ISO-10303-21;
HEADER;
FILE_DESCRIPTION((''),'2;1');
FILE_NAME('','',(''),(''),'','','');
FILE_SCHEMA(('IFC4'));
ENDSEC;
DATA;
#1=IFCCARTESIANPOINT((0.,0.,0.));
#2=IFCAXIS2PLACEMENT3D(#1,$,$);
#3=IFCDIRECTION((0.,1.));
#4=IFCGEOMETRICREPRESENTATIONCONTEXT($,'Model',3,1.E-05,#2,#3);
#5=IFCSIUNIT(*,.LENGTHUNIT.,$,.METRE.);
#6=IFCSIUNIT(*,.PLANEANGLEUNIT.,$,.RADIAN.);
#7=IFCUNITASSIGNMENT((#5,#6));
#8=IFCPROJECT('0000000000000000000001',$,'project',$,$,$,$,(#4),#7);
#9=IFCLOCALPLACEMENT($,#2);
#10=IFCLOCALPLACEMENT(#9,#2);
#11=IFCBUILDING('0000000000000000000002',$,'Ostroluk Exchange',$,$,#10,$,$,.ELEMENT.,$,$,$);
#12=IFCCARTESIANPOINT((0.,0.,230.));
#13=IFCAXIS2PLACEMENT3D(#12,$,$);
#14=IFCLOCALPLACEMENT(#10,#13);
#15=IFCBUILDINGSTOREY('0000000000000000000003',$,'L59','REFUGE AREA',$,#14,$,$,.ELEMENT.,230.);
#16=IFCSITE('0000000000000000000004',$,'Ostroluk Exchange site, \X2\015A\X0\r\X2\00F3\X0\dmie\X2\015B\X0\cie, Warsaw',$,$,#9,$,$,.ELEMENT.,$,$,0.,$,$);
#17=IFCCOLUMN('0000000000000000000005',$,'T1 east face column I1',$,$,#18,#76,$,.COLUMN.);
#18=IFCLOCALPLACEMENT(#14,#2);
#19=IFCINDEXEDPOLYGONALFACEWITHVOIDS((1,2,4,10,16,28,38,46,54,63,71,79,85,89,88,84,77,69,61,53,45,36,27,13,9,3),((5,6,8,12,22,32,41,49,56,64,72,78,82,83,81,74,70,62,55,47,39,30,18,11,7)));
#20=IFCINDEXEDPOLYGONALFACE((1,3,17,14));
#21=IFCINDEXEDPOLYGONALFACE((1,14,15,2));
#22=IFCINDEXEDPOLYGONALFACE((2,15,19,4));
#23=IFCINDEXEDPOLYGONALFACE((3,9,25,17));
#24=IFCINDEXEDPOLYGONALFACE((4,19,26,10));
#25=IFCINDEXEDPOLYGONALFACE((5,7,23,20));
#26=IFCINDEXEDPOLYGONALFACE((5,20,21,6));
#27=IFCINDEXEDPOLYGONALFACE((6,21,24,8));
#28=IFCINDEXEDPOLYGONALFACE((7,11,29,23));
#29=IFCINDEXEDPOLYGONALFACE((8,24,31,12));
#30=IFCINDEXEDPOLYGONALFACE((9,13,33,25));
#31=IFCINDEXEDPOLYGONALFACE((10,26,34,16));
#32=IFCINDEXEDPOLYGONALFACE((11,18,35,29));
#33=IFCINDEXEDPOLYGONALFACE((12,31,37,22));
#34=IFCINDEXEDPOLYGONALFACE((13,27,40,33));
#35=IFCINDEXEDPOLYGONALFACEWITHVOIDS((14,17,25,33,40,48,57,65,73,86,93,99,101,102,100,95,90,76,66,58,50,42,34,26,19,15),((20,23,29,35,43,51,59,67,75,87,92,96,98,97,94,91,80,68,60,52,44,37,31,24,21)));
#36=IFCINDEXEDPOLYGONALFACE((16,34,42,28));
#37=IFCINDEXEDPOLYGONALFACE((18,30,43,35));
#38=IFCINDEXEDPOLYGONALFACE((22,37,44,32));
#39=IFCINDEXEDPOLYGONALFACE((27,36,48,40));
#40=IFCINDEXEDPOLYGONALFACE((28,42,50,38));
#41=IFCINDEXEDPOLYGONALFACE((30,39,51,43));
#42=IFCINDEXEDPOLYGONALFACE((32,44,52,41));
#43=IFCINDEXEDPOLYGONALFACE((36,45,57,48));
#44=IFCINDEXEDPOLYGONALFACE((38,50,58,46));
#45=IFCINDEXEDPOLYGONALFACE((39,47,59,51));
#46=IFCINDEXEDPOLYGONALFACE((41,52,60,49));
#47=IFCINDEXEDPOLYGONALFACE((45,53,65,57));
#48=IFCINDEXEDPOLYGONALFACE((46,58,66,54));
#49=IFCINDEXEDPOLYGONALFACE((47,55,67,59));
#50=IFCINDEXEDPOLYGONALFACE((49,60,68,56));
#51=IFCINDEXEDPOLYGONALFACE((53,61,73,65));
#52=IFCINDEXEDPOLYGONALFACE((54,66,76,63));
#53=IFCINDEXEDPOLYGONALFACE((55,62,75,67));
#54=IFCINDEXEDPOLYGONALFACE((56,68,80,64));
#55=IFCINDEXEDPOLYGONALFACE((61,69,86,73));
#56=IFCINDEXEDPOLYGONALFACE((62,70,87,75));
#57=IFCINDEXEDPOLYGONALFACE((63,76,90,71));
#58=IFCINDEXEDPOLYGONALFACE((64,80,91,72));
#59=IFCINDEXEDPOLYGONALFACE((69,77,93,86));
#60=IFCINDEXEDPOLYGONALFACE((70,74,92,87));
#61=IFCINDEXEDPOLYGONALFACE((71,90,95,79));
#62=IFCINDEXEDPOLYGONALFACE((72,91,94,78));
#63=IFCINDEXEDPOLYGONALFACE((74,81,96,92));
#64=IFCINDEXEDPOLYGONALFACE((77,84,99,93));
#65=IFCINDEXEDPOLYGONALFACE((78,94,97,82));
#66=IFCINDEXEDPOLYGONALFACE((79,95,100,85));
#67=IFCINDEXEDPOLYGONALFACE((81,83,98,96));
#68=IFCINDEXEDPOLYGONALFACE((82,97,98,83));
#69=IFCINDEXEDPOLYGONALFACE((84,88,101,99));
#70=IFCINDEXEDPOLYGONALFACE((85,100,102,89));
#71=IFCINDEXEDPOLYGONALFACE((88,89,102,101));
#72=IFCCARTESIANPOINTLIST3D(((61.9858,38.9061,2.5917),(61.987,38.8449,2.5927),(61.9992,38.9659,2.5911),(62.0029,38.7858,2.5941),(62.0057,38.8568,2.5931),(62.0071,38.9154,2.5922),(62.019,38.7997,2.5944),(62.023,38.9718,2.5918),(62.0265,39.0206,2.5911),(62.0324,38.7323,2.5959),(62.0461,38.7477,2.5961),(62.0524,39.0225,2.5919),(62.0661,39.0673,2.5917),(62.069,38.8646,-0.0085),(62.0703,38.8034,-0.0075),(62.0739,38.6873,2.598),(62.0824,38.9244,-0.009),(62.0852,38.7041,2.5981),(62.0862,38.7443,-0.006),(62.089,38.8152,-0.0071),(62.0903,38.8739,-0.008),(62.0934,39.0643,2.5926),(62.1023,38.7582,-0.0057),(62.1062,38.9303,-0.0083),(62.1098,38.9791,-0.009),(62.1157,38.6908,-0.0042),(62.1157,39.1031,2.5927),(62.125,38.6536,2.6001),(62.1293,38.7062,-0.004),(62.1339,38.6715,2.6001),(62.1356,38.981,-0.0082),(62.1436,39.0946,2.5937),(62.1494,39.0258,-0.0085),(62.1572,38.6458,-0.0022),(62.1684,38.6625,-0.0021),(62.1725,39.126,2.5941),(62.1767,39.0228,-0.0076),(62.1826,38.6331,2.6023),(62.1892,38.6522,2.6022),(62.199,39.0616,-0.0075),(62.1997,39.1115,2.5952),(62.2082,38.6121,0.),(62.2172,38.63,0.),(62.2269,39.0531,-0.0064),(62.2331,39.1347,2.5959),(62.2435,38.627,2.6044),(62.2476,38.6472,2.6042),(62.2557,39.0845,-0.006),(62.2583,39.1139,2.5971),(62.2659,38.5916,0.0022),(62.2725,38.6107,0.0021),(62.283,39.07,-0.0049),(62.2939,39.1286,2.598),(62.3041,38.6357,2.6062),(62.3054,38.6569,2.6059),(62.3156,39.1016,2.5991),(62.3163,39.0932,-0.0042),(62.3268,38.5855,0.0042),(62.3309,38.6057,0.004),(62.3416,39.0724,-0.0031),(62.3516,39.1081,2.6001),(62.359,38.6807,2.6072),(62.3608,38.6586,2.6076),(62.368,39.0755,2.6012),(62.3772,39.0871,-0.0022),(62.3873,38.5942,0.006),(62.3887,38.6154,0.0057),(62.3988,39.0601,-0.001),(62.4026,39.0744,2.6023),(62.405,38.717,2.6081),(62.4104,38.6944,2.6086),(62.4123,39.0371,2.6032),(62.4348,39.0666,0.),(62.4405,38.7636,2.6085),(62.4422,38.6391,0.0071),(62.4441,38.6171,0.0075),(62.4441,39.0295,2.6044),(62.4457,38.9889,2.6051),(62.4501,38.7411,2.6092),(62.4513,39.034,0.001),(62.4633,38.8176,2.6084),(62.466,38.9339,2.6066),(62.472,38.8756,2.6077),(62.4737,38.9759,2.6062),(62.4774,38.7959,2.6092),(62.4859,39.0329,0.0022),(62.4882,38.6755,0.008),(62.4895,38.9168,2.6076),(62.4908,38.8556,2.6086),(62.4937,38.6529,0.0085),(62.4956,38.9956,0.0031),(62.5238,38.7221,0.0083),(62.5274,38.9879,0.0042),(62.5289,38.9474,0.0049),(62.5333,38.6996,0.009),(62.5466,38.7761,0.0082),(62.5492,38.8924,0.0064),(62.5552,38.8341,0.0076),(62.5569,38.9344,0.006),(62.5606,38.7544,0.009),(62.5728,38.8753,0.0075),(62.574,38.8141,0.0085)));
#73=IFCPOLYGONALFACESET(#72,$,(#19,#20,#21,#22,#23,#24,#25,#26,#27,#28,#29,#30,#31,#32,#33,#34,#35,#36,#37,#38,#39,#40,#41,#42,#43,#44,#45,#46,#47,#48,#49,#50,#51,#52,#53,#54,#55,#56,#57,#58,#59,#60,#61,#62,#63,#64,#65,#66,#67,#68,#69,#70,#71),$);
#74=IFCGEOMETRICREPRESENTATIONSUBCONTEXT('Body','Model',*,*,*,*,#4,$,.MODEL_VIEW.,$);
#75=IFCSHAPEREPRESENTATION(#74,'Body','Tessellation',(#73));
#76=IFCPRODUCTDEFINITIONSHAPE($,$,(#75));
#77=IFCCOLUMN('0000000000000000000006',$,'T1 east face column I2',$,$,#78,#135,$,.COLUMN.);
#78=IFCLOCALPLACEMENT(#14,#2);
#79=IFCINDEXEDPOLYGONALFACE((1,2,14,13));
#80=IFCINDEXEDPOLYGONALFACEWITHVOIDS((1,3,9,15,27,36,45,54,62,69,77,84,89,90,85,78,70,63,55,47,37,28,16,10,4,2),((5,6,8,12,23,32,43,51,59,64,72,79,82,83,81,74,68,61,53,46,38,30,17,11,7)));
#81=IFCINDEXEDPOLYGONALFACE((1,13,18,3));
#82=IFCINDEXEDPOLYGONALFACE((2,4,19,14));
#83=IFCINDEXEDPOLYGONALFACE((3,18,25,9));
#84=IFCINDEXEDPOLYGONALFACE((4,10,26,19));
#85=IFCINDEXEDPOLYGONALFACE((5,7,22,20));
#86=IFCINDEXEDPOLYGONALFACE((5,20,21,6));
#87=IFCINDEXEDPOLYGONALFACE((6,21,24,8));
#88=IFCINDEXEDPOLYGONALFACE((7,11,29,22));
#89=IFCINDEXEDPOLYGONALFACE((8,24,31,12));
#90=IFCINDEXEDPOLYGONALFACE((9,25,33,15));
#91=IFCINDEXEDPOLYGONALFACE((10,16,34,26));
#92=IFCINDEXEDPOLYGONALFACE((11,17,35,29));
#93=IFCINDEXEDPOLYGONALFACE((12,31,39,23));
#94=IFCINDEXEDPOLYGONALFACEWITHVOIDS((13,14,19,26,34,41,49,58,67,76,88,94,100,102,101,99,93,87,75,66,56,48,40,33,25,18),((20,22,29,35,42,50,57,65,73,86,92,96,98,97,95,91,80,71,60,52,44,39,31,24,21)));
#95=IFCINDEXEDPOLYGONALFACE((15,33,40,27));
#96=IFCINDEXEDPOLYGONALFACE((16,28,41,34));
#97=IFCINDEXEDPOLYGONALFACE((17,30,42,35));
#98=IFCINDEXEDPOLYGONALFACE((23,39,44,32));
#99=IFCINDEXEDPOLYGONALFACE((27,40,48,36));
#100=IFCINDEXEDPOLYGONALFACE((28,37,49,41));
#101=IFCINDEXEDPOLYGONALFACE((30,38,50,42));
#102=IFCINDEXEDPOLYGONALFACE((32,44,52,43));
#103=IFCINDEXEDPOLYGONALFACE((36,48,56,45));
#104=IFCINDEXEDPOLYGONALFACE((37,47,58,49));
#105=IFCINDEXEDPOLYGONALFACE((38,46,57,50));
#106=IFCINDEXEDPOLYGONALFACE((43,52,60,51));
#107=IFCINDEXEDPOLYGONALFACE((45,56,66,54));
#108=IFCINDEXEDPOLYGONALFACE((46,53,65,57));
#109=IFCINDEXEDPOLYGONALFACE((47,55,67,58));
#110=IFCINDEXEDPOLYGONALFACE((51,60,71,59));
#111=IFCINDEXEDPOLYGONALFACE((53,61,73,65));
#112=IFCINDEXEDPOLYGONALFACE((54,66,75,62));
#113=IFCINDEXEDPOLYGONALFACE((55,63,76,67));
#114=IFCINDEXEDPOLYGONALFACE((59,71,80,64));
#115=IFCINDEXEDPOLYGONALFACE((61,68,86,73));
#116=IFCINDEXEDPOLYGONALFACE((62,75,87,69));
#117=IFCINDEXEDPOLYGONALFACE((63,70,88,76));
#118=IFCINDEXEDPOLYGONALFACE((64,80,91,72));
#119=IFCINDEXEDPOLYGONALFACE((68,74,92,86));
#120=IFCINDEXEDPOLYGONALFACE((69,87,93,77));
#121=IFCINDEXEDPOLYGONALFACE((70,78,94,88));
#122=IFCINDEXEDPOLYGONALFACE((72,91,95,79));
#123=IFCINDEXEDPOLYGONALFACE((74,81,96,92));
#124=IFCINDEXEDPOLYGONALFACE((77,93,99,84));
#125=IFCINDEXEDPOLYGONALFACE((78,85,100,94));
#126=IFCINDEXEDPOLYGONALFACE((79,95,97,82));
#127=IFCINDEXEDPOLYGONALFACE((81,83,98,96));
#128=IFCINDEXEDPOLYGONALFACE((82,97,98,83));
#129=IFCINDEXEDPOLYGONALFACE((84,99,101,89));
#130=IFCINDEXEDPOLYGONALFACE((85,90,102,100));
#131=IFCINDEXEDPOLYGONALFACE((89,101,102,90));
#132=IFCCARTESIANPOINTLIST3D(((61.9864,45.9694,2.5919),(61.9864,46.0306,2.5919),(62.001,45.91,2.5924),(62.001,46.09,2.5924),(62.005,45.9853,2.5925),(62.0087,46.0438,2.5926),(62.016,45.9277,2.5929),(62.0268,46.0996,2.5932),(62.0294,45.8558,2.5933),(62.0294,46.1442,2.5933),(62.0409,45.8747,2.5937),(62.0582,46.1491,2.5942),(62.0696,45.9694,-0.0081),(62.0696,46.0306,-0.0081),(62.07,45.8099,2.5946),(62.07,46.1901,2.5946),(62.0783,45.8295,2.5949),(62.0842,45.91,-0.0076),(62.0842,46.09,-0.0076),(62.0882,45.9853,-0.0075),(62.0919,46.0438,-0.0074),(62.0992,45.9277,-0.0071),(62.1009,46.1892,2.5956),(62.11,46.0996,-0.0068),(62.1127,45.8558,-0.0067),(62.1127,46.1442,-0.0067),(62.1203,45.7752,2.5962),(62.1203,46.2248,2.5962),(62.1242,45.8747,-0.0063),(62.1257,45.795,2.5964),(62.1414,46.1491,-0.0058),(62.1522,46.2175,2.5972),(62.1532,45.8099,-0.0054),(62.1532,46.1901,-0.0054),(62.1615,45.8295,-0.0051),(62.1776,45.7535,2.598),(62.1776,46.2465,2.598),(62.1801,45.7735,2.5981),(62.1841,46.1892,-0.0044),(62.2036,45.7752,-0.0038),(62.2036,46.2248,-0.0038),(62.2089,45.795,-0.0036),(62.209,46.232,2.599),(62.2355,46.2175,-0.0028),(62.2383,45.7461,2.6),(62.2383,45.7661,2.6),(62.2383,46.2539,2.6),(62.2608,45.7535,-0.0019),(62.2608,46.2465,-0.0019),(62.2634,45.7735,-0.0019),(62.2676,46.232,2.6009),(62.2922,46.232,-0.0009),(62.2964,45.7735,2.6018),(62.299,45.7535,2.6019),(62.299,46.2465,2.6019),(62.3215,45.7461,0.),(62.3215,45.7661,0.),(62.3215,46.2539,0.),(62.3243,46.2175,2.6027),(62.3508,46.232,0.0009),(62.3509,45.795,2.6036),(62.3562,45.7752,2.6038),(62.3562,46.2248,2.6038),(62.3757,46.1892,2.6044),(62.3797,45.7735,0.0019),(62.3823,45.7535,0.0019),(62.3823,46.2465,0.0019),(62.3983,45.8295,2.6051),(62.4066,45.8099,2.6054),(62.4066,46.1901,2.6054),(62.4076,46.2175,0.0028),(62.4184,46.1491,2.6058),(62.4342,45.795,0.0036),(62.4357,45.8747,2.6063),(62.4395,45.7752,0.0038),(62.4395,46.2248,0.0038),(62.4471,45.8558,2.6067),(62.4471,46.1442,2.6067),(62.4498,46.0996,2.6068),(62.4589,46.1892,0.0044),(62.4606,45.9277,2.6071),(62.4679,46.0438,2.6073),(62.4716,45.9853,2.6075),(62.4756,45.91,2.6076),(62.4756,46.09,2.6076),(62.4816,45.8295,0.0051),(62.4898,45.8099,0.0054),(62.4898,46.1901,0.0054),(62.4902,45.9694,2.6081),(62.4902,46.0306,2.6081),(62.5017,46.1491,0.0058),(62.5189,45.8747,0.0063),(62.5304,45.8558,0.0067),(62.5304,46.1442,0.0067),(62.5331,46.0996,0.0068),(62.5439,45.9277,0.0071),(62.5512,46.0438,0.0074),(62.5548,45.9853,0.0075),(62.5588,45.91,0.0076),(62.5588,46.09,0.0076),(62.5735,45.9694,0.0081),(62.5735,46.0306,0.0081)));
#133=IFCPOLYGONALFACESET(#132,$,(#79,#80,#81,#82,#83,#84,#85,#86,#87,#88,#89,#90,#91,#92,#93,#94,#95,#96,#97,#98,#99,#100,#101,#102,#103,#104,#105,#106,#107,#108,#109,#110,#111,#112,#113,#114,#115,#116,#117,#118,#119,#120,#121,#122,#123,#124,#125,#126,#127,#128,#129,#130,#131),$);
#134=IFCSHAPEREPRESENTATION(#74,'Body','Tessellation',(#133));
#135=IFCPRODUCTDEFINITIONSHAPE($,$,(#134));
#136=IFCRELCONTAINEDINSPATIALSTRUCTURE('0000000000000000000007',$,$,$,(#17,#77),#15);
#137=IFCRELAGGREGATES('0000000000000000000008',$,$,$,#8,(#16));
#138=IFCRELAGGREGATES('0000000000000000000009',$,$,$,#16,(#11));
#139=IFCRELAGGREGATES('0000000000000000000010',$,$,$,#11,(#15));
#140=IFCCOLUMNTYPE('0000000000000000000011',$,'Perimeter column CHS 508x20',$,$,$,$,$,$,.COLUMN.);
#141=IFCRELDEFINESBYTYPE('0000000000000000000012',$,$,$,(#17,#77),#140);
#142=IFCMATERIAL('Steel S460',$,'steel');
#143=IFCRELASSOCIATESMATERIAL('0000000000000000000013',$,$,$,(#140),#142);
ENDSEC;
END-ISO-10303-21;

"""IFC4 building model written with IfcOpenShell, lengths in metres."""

from ifc_helpers import new_model, si_unit, direction, frame, origin, origin_2d, place, context, subcontext, project, spatial, hollow_circle, extrude, material, material_profile, profile_set, type_object, element, save


model = new_model("IFC4")

# Units and contexts
model_context = context("Model", 3, precision=1e-05, world=origin(), true_north=direction((0.0, 1.0)))
body_context = subcontext(model_context, "Body", "Model", "MODEL_VIEW")
ifc_project = project(units=[si_unit("LENGTHUNIT", "METRE"), si_unit("PLANEANGLEUNIT", "RADIAN")], contexts=[model_context])

# Site, building, storey
site_placement = place(None, origin())
site = spatial("IfcSite", under=ifc_project, at=site_placement, Name="Ostroluk Exchange site, Śródmieście, Warsaw", CompositionType="ELEMENT", RefElevation=0.0)
building_placement = place(site_placement, origin())
building = spatial("IfcBuilding", under=site, at=building_placement, Name="Ostroluk Exchange", CompositionType="ELEMENT")
storey_placement = place(building_placement, frame((0.0, 0.0, 230.0)))
storey = spatial("IfcBuildingStorey", under=building, at=storey_placement, Name="L59", Description="REFUGE AREA", CompositionType="ELEMENT", Elevation=230.0)

# Columns
ifc_material_1 = material(Name="Steel S460", Category="steel")
ifc_material_profile_1 = material_profile(ifc_material_1, hollow_circle(Radius=0.2539, WallThickness=0.02, at=origin_2d()), Name="CHS 508x20")
ifc_profile_set_1 = profile_set([ifc_material_profile_1], Name="Steel S460")
column_type = type_object("IfcColumnType", Name="Perimeter column CHS 508x20", PredefinedType="COLUMN", material=ifc_profile_set_1)
column_1_placement = place(storey_placement, frame((62.3215, 38.8394, 0.0), z_axis=(-0.031998, 0.015952, 0.999361), x_axis=(-0.446163, -0.894951, 0.0)))
element("IfcColumn", 1, at=column_1_placement, inside=storey, type_object=column_type, Name="T1 east face column I1", PredefinedType="COLUMN", context=body_context, shape_type="SweptSolid", body=[
    extrude(hollow_circle(Radius=0.2539, WallThickness=0.02, at=origin_2d()), origin(), (0.0, 0.0, 1.0), 2.6018),
])
column_2_placement = place(storey_placement, frame((62.3215, 46.0, 0.0), z_axis=(-0.032002, 0.0, 0.999488), x_axis=(0.0, -1.0, 0.0)))
element("IfcColumn", 2, at=column_2_placement, inside=storey, type_object=column_type, Name="T1 east face column I2", PredefinedType="COLUMN", context=body_context, shape_type="SweptSolid", body=[
    extrude(hollow_circle(Radius=0.2539, WallThickness=0.02, at=origin_2d()), origin(), (0.0, 0.0, 1.0), 2.6013),
])

save(model, "model.ifc")
